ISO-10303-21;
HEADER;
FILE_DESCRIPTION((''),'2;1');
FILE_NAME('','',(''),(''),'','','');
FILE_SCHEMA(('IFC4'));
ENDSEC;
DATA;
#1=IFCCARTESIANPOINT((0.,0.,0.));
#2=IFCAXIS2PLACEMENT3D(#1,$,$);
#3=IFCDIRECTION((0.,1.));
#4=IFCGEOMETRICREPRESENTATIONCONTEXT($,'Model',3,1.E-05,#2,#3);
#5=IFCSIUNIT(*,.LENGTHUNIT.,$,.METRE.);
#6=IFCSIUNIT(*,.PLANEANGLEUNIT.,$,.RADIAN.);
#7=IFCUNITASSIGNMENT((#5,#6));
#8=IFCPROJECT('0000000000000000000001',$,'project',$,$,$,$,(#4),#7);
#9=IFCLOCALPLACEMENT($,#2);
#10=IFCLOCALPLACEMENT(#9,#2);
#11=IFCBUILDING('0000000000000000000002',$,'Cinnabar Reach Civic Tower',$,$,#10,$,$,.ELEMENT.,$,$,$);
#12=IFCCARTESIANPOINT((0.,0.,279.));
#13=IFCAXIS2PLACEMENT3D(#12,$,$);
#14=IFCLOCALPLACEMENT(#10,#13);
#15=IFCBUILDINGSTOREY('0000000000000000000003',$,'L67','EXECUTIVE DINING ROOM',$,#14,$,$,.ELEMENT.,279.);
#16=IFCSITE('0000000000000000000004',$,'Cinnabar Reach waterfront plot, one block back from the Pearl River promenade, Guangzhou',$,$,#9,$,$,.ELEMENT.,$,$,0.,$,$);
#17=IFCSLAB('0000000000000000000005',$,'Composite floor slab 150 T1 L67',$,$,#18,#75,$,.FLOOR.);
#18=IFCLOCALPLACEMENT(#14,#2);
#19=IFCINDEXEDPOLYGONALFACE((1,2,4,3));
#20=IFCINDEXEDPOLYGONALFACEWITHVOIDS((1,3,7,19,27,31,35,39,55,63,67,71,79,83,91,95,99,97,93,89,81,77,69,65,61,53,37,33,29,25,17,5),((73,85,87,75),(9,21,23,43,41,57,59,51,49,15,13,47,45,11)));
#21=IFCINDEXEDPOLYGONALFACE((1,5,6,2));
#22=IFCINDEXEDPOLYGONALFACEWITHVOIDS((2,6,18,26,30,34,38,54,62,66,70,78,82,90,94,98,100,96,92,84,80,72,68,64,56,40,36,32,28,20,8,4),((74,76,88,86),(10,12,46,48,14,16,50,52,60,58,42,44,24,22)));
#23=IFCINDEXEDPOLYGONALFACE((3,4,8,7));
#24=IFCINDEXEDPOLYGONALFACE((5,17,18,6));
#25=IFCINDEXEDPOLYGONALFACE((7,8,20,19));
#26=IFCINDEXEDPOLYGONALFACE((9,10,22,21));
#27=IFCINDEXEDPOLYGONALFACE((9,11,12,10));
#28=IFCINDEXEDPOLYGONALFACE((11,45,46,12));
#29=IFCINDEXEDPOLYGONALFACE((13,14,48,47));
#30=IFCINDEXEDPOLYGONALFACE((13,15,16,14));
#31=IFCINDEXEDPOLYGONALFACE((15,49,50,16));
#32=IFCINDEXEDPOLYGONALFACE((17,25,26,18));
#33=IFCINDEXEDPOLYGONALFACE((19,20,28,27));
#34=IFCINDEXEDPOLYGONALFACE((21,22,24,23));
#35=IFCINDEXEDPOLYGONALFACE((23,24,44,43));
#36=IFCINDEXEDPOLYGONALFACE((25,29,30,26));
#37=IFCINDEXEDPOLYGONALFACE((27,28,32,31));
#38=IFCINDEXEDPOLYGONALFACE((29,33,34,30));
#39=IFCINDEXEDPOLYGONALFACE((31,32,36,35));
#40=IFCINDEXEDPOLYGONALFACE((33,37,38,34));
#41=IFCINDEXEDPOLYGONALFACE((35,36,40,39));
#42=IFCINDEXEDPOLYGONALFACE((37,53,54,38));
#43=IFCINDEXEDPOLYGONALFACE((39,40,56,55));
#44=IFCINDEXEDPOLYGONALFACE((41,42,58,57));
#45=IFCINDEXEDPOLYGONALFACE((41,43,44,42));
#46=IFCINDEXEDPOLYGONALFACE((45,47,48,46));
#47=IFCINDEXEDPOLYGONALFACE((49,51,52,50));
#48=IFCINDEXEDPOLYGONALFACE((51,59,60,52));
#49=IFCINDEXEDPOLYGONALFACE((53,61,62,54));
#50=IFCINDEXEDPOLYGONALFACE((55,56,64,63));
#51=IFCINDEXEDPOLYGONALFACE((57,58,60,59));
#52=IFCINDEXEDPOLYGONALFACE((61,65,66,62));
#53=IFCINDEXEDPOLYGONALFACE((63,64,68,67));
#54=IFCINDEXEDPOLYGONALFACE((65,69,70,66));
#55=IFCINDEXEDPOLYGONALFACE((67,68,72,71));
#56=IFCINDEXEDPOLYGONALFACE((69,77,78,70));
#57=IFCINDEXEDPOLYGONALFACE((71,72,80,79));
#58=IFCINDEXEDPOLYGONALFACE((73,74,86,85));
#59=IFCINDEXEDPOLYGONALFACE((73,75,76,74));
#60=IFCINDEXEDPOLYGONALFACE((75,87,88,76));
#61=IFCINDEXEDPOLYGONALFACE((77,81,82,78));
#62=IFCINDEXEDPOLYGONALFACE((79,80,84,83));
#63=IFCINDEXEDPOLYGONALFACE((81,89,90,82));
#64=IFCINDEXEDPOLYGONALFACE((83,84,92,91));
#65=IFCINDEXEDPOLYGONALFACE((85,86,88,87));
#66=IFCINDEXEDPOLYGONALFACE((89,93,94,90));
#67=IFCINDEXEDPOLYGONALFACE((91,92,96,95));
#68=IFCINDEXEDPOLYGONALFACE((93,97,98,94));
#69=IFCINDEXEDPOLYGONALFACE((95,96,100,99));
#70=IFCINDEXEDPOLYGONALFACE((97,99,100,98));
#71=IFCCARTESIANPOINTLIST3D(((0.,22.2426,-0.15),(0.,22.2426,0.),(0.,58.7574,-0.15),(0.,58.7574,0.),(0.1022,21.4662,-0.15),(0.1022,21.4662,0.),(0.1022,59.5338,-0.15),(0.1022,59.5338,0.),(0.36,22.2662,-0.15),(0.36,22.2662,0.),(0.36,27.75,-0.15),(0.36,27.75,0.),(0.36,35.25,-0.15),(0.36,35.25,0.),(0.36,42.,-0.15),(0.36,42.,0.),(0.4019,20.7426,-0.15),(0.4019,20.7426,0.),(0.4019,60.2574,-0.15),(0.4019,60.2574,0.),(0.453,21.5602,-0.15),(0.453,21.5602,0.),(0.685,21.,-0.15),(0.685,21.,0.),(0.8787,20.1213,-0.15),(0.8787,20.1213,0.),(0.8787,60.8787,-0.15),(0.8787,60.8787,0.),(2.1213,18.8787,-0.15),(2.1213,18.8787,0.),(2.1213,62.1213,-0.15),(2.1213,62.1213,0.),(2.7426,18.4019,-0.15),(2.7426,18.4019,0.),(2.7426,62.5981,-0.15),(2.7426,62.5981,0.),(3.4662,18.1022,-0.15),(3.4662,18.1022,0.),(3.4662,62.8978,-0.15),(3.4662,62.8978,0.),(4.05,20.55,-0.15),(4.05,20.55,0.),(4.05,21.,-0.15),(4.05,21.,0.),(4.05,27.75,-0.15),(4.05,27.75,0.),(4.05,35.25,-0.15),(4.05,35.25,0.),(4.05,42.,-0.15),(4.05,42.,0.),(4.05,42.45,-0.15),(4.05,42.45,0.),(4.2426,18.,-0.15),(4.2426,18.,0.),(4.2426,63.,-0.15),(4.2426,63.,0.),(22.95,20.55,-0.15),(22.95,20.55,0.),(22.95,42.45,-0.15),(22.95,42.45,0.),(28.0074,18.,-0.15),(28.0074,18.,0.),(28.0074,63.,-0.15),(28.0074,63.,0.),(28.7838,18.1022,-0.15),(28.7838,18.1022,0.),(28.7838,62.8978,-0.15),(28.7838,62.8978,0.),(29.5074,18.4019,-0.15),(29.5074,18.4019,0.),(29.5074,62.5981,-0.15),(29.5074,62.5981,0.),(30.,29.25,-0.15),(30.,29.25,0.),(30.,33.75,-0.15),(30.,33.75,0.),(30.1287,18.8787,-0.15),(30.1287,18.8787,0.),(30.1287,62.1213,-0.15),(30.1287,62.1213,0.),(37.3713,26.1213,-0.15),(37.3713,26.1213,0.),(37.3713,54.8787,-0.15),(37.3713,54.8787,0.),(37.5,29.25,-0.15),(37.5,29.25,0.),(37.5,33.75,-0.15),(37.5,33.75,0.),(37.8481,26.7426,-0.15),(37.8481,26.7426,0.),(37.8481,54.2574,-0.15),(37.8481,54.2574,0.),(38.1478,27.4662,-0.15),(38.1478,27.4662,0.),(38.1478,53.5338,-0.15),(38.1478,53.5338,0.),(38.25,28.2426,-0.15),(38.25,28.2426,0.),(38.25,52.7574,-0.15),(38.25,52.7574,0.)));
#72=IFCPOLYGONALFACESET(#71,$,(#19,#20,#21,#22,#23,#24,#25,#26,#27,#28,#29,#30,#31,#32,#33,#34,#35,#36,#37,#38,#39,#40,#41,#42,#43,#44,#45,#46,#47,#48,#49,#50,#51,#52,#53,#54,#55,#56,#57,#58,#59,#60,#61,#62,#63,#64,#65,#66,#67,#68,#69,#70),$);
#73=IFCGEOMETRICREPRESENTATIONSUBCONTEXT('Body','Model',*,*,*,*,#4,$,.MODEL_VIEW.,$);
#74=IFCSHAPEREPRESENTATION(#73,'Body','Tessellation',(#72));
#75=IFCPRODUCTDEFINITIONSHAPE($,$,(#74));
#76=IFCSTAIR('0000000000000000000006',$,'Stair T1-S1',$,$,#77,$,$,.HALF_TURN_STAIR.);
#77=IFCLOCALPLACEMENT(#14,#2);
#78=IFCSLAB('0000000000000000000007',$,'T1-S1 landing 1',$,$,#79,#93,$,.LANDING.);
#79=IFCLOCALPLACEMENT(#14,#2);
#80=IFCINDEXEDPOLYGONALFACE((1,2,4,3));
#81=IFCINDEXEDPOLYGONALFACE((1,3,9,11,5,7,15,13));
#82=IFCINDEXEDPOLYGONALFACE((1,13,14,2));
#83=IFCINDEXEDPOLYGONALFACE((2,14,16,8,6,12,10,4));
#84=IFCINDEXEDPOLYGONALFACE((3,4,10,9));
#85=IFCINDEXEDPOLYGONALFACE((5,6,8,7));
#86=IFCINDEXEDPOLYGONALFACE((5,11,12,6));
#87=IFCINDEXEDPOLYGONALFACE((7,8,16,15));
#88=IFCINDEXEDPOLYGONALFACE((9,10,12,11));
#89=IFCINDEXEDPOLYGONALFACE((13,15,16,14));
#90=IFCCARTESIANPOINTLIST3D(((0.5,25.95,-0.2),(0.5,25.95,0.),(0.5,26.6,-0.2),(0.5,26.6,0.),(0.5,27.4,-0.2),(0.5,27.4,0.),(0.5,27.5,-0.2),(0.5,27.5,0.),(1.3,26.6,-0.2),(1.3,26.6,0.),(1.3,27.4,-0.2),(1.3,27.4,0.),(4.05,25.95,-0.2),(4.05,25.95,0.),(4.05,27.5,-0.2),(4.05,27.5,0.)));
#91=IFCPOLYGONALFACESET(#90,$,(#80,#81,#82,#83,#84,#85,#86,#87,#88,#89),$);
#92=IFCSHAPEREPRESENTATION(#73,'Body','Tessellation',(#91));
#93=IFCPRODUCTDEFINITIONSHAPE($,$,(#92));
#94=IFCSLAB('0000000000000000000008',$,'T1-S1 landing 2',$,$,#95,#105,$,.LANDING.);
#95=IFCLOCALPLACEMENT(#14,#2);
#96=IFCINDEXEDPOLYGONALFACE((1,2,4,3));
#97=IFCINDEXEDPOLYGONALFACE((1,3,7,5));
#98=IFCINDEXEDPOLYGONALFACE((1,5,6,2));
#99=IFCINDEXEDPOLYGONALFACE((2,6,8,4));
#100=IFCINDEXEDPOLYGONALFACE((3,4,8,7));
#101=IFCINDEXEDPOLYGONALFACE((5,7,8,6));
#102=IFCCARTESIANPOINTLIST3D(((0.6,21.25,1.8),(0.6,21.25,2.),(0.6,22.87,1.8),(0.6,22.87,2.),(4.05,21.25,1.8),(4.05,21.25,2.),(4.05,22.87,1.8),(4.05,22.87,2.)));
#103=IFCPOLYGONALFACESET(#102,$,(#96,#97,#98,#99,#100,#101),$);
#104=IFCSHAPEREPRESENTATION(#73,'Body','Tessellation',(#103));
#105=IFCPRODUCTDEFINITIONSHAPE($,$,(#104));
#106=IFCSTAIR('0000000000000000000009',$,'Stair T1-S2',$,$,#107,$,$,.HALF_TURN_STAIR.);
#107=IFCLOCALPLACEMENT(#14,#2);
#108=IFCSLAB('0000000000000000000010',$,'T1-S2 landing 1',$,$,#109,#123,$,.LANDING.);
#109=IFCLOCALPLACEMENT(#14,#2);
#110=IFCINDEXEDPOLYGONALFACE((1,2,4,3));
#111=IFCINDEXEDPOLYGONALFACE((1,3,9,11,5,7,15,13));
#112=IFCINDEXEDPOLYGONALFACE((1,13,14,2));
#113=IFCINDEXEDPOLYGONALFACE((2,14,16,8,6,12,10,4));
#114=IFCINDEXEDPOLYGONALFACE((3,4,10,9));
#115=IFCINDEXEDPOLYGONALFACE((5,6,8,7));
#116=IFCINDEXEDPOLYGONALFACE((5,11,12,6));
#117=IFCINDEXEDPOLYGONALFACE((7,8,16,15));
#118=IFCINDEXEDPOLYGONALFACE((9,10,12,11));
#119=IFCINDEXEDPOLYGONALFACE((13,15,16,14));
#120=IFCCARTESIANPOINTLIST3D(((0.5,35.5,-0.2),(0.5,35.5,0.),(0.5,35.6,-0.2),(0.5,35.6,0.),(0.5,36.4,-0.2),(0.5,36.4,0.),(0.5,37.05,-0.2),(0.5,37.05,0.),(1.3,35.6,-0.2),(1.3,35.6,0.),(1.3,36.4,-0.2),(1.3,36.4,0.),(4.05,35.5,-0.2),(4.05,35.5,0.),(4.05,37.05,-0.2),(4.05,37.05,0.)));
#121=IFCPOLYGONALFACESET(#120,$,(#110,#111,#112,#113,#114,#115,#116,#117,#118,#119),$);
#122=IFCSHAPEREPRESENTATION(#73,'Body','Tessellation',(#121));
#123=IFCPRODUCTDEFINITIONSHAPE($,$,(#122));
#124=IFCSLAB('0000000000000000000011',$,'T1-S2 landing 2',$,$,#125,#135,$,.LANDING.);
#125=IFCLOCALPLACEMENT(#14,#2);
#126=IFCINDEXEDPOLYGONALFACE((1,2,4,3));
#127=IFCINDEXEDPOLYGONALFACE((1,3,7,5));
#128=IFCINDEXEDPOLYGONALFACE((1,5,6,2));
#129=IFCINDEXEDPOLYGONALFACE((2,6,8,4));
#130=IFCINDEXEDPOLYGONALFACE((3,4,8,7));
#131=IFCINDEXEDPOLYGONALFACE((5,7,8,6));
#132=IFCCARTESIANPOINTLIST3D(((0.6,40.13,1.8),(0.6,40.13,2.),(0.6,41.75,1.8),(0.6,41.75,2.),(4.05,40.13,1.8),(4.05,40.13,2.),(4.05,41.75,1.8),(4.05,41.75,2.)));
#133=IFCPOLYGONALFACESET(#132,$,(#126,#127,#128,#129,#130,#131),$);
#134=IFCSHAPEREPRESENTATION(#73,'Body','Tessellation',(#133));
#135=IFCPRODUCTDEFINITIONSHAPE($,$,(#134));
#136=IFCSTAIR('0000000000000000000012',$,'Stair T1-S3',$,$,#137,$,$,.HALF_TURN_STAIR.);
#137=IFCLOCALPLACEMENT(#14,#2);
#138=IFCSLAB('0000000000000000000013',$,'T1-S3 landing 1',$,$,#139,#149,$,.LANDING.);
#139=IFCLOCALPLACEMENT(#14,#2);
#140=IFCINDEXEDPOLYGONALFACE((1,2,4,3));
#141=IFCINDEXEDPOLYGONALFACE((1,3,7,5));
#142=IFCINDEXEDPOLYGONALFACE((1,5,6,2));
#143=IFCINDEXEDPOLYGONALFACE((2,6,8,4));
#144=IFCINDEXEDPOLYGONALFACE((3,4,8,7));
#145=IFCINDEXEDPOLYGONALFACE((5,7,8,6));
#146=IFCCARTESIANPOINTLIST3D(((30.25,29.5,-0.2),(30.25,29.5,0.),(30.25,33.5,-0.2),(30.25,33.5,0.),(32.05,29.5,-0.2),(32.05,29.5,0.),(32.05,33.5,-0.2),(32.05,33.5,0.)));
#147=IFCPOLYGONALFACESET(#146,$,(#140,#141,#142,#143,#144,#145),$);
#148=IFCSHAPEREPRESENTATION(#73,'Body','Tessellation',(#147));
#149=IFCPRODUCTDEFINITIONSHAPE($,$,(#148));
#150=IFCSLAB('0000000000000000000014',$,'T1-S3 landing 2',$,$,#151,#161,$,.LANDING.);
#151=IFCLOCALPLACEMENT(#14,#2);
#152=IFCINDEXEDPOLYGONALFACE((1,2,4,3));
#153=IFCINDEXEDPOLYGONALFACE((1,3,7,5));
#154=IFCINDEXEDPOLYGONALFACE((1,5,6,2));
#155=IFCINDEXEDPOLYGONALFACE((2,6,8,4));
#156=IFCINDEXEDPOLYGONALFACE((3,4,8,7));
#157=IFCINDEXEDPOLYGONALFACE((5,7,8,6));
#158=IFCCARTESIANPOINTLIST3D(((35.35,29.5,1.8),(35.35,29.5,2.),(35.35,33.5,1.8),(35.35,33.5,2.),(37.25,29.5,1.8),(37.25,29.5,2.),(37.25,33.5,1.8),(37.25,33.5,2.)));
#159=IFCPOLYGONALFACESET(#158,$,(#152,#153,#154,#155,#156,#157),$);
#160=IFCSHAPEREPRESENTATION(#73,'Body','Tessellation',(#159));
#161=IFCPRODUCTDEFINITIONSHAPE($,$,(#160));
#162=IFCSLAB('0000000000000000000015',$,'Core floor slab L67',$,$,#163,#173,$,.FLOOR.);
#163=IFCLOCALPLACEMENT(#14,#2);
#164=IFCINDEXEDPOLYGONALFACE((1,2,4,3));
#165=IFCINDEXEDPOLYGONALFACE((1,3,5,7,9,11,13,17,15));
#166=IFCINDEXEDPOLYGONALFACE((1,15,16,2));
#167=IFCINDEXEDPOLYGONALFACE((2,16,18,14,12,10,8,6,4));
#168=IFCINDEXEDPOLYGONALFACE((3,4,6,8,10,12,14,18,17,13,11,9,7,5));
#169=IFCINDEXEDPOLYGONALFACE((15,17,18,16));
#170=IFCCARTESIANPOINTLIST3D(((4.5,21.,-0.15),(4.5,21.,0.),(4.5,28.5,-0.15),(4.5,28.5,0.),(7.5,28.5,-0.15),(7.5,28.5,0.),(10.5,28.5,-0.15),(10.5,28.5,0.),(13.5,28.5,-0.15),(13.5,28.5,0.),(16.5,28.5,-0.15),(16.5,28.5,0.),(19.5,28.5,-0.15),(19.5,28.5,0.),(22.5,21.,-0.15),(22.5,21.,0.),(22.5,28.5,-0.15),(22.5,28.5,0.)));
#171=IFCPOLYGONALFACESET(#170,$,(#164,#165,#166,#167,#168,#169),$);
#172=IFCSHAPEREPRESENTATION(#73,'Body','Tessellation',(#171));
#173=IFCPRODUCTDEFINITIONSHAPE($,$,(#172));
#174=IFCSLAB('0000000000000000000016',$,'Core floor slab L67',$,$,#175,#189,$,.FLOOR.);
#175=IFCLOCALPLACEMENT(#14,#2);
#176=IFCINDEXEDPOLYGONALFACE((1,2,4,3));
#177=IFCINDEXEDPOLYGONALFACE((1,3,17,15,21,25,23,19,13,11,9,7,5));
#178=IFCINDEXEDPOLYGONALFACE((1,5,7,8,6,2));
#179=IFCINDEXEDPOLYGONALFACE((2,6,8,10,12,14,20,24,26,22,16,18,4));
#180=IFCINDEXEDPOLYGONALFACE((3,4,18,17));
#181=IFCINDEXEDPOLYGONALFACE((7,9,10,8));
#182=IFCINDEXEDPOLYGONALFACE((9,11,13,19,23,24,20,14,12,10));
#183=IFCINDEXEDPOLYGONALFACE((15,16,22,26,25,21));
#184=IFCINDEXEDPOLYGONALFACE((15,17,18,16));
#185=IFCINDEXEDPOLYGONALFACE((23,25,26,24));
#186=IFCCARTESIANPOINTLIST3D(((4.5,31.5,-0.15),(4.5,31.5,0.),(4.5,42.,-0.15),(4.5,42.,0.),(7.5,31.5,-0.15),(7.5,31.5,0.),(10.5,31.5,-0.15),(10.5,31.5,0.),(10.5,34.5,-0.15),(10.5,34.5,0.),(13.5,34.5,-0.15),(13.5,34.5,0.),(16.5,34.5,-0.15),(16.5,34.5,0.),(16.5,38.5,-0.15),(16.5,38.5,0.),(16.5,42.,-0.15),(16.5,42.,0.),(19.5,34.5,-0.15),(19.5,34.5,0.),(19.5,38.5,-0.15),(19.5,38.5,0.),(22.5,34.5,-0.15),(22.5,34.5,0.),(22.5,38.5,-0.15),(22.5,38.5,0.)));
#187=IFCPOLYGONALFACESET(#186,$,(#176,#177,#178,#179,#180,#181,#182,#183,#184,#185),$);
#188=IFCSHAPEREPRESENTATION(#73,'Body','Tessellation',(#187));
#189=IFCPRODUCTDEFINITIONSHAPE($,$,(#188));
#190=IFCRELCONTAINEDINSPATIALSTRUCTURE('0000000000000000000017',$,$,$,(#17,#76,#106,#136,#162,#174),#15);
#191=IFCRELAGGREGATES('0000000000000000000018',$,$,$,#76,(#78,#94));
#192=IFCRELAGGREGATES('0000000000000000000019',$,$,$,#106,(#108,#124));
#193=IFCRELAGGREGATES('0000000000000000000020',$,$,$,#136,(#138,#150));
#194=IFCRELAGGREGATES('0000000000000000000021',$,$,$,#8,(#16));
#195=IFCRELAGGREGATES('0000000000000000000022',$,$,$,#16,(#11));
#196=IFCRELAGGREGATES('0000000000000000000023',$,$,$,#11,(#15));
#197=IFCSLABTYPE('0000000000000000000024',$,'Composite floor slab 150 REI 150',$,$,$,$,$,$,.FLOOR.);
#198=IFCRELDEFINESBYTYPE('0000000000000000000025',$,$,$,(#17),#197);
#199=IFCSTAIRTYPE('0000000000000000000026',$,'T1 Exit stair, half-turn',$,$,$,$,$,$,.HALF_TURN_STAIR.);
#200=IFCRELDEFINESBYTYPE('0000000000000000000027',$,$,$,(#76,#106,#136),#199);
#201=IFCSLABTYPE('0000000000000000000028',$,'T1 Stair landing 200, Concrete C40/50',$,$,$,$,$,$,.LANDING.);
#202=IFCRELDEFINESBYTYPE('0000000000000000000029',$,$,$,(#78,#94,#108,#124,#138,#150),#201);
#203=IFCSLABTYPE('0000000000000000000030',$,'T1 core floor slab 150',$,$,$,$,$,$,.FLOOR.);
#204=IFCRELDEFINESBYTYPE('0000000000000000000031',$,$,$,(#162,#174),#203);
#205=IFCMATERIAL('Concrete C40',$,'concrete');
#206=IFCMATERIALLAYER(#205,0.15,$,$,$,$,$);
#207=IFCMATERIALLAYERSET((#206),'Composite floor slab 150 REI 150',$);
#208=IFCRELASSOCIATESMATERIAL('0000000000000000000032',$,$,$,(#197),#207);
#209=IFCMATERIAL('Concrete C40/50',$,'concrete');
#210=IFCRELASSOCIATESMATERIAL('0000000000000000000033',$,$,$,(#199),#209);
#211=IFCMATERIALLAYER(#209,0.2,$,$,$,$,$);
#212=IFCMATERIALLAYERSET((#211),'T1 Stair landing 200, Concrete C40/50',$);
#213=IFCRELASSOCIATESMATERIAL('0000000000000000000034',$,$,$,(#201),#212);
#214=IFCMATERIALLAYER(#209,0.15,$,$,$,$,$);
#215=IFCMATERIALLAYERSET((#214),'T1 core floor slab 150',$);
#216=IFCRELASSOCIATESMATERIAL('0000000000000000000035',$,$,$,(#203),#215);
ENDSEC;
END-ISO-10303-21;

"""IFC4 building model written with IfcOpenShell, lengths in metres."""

from ifc_helpers import new_model, si_unit, direction, frame, origin, place, context, subcontext, project, spatial, polyline, outline, extrude, material, layer, layer_set, type_object, element, aggregate, save


model = new_model("IFC4")

# Units and contexts
model_context = context("Model", 3, precision=1e-05, world=origin(), true_north=direction((0.0, 1.0)))
body_context = subcontext(model_context, "Body", "Model", "MODEL_VIEW")
ifc_project = project(units=[si_unit("LENGTHUNIT", "METRE"), si_unit("PLANEANGLEUNIT", "RADIAN")], contexts=[model_context])

# Site, building, storey
site_placement = place(None, origin())
site = spatial("IfcSite", under=ifc_project, at=site_placement, Name="Cinnabar Reach waterfront plot, one block back from the Pearl River promenade, Guangzhou", CompositionType="ELEMENT", RefElevation=0.0)
building_placement = place(site_placement, origin())
building = spatial("IfcBuilding", under=site, at=building_placement, Name="Cinnabar Reach Civic Tower", CompositionType="ELEMENT")
storey_placement = place(building_placement, frame((0.0, 0.0, 279.0)))
storey = spatial("IfcBuildingStorey", under=building, at=storey_placement, Name="L67", Description="EXECUTIVE DINING ROOM", CompositionType="ELEMENT", Elevation=279.0)

# Slab
ifc_material_1 = material(Name="Concrete C40", Category="concrete")
ifc_layer_1 = layer(ifc_material_1, 0.15)
ifc_layer_set_1 = layer_set([ifc_layer_1], Name="Composite floor slab 150 REI 150")
slab_type_1 = type_object("IfcSlabType", Name="Composite floor slab 150 REI 150", PredefinedType="FLOOR", material=ifc_layer_set_1)
slab_1_placement = place(storey_placement, frame((0.0, 0.0, -0.15)))
element("IfcSlab", 1, at=slab_1_placement, inside=storey, type_object=slab_type_1, Name="Composite floor slab 150 T1 L67", PredefinedType="FLOOR", context=body_context, shape_type="SweptSolid", body=[
    extrude(outline(polyline([(0.8787, 20.1213), (0.4019, 20.7426), (0.1022, 21.4662), (0.0, 22.2426), (0.0, 58.7574), (0.1022, 59.5338), (0.4019, 60.2574), (0.8787, 60.8787), (2.1213, 62.1213), (2.7426, 62.5981), (3.4662, 62.8978), (4.2426, 63.0), (28.0074, 63.0), (28.7838, 62.8978), (29.5074, 62.5981), (30.1287, 62.1213), (37.3713, 54.8787), (37.8481, 54.2574), (38.1478, 53.5338), (38.25, 52.7574), (38.25, 28.2426), (38.1478, 27.4662), (37.8481, 26.7426), (37.3713, 26.1213), (30.1287, 18.8787), (29.5074, 18.4019), (28.7838, 18.1022), (28.0074, 18.0), (4.2426, 18.0), (3.4662, 18.1022), (2.7426, 18.4019), (2.1213, 18.8787), (0.8787, 20.1213)]), holes=[polyline([(0.685, 21.0), (4.05, 21.0), (4.05, 20.55), (22.95, 20.55), (22.95, 42.45), (4.05, 42.45), (4.05, 42.0), (0.36, 42.0), (0.36, 35.25), (4.05, 35.25), (4.05, 27.75), (0.36, 27.75), (0.36, 22.2662), (0.453, 21.5602), (0.685, 21.0)]), polyline([(30.0, 33.75), (30.0, 29.25), (37.5, 29.25), (37.5, 33.75), (30.0, 33.75)])]), origin(), (0.0, 0.0, 1.0), 0.15),
])

# Stairs, slabs
ifc_material_2 = material(Name="Concrete C40/50", Category="concrete")
stair_type = type_object("IfcStairType", Name="T1 Exit stair, half-turn", PredefinedType="HALF_TURN_STAIR", material=ifc_material_2)
stair_1_placement = place(storey_placement, origin())
stair_1 = element("IfcStair", 2, at=stair_1_placement, inside=storey, type_object=stair_type, Name="Stair T1-S1", PredefinedType="HALF_TURN_STAIR")
ifc_layer_2 = layer(ifc_material_2, 0.2)
ifc_layer_set_2 = layer_set([ifc_layer_2], Name="T1 Stair landing 200, Concrete C40/50")
slab_type_2 = type_object("IfcSlabType", Name="T1 Stair landing 200, Concrete C40/50", PredefinedType="LANDING", material=ifc_layer_set_2)
slab_2_placement = place(storey_placement, frame((0.0, 0.0, -0.2)))
slab_2 = element("IfcSlab", 3, at=slab_2_placement, type_object=slab_type_2, Name="T1-S1 landing 1", PredefinedType="LANDING", context=body_context, shape_type="SweptSolid", body=[
    extrude(outline(polyline([(0.5, 27.5), (4.05, 27.5), (4.05, 25.95), (0.5, 25.95), (0.5, 26.6), (1.3, 26.6), (1.3, 27.4), (0.5, 27.4), (0.5, 27.5)])), origin(), (0.0, 0.0, 1.0), 0.2),
])
slab_3_placement = place(storey_placement, frame((0.0, 0.0, 1.8)))
slab_3 = element("IfcSlab", 4, at=slab_3_placement, type_object=slab_type_2, Name="T1-S1 landing 2", PredefinedType="LANDING", context=body_context, shape_type="SweptSolid", body=[
    extrude(outline(polyline([(0.6, 21.25), (0.6, 22.87), (4.05, 22.87), (4.05, 21.25), (0.6, 21.25)])), origin(), (0.0, 0.0, 1.0), 0.2),
])
aggregate(stair_1, [slab_2, slab_3])
stair_2_placement = place(storey_placement, origin())
stair_2 = element("IfcStair", 5, at=stair_2_placement, inside=storey, type_object=stair_type, Name="Stair T1-S2", PredefinedType="HALF_TURN_STAIR")
slab_4_placement = place(storey_placement, frame((0.0, 0.0, -0.2)))
slab_4 = element("IfcSlab", 6, at=slab_4_placement, type_object=slab_type_2, Name="T1-S2 landing 1", PredefinedType="LANDING", context=body_context, shape_type="SweptSolid", body=[
    extrude(outline(polyline([(0.5, 37.05), (4.05, 37.05), (4.05, 35.5), (0.5, 35.5), (0.5, 35.6), (1.3, 35.6), (1.3, 36.4), (0.5, 36.4), (0.5, 37.05)])), origin(), (0.0, 0.0, 1.0), 0.2),
])
slab_5_placement = place(storey_placement, frame((0.0, 0.0, 1.8)))
slab_5 = element("IfcSlab", 7, at=slab_5_placement, type_object=slab_type_2, Name="T1-S2 landing 2", PredefinedType="LANDING", context=body_context, shape_type="SweptSolid", body=[
    extrude(outline(polyline([(0.6, 40.13), (0.6, 41.75), (4.05, 41.75), (4.05, 40.13), (0.6, 40.13)])), origin(), (0.0, 0.0, 1.0), 0.2),
])
aggregate(stair_2, [slab_4, slab_5])
stair_3_placement = place(storey_placement, origin())
stair_3 = element("IfcStair", 8, at=stair_3_placement, inside=storey, type_object=stair_type, Name="Stair T1-S3", PredefinedType="HALF_TURN_STAIR")
slab_6_placement = place(storey_placement, frame((0.0, 0.0, -0.2)))
slab_6 = element("IfcSlab", 9, at=slab_6_placement, type_object=slab_type_2, Name="T1-S3 landing 1", PredefinedType="LANDING", context=body_context, shape_type="SweptSolid", body=[
    extrude(outline(polyline([(30.25, 29.5), (32.05, 29.5), (32.05, 33.5), (30.25, 33.5), (30.25, 29.5)])), origin(), (0.0, 0.0, 1.0), 0.2),
])
slab_7_placement = place(storey_placement, frame((0.0, 0.0, 1.8)))
slab_7 = element("IfcSlab", 10, at=slab_7_placement, type_object=slab_type_2, Name="T1-S3 landing 2", PredefinedType="LANDING", context=body_context, shape_type="SweptSolid", body=[
    extrude(outline(polyline([(35.35, 29.5), (37.25, 29.5), (37.25, 33.5), (35.35, 33.5), (35.35, 29.5)])), origin(), (0.0, 0.0, 1.0), 0.2),
])
aggregate(stair_3, [slab_6, slab_7])

# Slabs
ifc_layer_3 = layer(ifc_material_2, 0.15)
ifc_layer_set_3 = layer_set([ifc_layer_3], Name="T1 core floor slab 150")
slab_type_3 = type_object("IfcSlabType", Name="T1 core floor slab 150", PredefinedType="FLOOR", material=ifc_layer_set_3)
slab_8_placement = place(storey_placement, frame((0.0, 0.0, -0.15)))
element("IfcSlab", 11, at=slab_8_placement, inside=storey, type_object=slab_type_3, Name="Core floor slab L67", PredefinedType="FLOOR", context=body_context, shape_type="SweptSolid", body=[
    extrude(outline(polyline([(22.5, 21.0), (4.5, 21.0), (4.5, 28.5), (7.5, 28.5), (10.5, 28.5), (13.5, 28.5), (16.5, 28.5), (19.5, 28.5), (22.5, 28.5), (22.5, 21.0)])), origin(), (0.0, 0.0, 1.0), 0.15),
])
slab_9_placement = place(storey_placement, frame((0.0, 0.0, -0.15)))
element("IfcSlab", 12, at=slab_9_placement, inside=storey, type_object=slab_type_3, Name="Core floor slab L67", PredefinedType="FLOOR", context=body_context, shape_type="SweptSolid", body=[
    extrude(outline(polyline([(22.5, 34.5), (19.5, 34.5), (16.5, 34.5), (13.5, 34.5), (10.5, 34.5), (10.5, 31.5), (7.5, 31.5), (4.5, 31.5), (4.5, 42.0), (16.5, 42.0), (16.5, 38.5), (19.5, 38.5), (22.5, 38.5), (22.5, 34.5)])), origin(), (0.0, 0.0, 1.0), 0.15),
])

save(model, "model.ifc")
